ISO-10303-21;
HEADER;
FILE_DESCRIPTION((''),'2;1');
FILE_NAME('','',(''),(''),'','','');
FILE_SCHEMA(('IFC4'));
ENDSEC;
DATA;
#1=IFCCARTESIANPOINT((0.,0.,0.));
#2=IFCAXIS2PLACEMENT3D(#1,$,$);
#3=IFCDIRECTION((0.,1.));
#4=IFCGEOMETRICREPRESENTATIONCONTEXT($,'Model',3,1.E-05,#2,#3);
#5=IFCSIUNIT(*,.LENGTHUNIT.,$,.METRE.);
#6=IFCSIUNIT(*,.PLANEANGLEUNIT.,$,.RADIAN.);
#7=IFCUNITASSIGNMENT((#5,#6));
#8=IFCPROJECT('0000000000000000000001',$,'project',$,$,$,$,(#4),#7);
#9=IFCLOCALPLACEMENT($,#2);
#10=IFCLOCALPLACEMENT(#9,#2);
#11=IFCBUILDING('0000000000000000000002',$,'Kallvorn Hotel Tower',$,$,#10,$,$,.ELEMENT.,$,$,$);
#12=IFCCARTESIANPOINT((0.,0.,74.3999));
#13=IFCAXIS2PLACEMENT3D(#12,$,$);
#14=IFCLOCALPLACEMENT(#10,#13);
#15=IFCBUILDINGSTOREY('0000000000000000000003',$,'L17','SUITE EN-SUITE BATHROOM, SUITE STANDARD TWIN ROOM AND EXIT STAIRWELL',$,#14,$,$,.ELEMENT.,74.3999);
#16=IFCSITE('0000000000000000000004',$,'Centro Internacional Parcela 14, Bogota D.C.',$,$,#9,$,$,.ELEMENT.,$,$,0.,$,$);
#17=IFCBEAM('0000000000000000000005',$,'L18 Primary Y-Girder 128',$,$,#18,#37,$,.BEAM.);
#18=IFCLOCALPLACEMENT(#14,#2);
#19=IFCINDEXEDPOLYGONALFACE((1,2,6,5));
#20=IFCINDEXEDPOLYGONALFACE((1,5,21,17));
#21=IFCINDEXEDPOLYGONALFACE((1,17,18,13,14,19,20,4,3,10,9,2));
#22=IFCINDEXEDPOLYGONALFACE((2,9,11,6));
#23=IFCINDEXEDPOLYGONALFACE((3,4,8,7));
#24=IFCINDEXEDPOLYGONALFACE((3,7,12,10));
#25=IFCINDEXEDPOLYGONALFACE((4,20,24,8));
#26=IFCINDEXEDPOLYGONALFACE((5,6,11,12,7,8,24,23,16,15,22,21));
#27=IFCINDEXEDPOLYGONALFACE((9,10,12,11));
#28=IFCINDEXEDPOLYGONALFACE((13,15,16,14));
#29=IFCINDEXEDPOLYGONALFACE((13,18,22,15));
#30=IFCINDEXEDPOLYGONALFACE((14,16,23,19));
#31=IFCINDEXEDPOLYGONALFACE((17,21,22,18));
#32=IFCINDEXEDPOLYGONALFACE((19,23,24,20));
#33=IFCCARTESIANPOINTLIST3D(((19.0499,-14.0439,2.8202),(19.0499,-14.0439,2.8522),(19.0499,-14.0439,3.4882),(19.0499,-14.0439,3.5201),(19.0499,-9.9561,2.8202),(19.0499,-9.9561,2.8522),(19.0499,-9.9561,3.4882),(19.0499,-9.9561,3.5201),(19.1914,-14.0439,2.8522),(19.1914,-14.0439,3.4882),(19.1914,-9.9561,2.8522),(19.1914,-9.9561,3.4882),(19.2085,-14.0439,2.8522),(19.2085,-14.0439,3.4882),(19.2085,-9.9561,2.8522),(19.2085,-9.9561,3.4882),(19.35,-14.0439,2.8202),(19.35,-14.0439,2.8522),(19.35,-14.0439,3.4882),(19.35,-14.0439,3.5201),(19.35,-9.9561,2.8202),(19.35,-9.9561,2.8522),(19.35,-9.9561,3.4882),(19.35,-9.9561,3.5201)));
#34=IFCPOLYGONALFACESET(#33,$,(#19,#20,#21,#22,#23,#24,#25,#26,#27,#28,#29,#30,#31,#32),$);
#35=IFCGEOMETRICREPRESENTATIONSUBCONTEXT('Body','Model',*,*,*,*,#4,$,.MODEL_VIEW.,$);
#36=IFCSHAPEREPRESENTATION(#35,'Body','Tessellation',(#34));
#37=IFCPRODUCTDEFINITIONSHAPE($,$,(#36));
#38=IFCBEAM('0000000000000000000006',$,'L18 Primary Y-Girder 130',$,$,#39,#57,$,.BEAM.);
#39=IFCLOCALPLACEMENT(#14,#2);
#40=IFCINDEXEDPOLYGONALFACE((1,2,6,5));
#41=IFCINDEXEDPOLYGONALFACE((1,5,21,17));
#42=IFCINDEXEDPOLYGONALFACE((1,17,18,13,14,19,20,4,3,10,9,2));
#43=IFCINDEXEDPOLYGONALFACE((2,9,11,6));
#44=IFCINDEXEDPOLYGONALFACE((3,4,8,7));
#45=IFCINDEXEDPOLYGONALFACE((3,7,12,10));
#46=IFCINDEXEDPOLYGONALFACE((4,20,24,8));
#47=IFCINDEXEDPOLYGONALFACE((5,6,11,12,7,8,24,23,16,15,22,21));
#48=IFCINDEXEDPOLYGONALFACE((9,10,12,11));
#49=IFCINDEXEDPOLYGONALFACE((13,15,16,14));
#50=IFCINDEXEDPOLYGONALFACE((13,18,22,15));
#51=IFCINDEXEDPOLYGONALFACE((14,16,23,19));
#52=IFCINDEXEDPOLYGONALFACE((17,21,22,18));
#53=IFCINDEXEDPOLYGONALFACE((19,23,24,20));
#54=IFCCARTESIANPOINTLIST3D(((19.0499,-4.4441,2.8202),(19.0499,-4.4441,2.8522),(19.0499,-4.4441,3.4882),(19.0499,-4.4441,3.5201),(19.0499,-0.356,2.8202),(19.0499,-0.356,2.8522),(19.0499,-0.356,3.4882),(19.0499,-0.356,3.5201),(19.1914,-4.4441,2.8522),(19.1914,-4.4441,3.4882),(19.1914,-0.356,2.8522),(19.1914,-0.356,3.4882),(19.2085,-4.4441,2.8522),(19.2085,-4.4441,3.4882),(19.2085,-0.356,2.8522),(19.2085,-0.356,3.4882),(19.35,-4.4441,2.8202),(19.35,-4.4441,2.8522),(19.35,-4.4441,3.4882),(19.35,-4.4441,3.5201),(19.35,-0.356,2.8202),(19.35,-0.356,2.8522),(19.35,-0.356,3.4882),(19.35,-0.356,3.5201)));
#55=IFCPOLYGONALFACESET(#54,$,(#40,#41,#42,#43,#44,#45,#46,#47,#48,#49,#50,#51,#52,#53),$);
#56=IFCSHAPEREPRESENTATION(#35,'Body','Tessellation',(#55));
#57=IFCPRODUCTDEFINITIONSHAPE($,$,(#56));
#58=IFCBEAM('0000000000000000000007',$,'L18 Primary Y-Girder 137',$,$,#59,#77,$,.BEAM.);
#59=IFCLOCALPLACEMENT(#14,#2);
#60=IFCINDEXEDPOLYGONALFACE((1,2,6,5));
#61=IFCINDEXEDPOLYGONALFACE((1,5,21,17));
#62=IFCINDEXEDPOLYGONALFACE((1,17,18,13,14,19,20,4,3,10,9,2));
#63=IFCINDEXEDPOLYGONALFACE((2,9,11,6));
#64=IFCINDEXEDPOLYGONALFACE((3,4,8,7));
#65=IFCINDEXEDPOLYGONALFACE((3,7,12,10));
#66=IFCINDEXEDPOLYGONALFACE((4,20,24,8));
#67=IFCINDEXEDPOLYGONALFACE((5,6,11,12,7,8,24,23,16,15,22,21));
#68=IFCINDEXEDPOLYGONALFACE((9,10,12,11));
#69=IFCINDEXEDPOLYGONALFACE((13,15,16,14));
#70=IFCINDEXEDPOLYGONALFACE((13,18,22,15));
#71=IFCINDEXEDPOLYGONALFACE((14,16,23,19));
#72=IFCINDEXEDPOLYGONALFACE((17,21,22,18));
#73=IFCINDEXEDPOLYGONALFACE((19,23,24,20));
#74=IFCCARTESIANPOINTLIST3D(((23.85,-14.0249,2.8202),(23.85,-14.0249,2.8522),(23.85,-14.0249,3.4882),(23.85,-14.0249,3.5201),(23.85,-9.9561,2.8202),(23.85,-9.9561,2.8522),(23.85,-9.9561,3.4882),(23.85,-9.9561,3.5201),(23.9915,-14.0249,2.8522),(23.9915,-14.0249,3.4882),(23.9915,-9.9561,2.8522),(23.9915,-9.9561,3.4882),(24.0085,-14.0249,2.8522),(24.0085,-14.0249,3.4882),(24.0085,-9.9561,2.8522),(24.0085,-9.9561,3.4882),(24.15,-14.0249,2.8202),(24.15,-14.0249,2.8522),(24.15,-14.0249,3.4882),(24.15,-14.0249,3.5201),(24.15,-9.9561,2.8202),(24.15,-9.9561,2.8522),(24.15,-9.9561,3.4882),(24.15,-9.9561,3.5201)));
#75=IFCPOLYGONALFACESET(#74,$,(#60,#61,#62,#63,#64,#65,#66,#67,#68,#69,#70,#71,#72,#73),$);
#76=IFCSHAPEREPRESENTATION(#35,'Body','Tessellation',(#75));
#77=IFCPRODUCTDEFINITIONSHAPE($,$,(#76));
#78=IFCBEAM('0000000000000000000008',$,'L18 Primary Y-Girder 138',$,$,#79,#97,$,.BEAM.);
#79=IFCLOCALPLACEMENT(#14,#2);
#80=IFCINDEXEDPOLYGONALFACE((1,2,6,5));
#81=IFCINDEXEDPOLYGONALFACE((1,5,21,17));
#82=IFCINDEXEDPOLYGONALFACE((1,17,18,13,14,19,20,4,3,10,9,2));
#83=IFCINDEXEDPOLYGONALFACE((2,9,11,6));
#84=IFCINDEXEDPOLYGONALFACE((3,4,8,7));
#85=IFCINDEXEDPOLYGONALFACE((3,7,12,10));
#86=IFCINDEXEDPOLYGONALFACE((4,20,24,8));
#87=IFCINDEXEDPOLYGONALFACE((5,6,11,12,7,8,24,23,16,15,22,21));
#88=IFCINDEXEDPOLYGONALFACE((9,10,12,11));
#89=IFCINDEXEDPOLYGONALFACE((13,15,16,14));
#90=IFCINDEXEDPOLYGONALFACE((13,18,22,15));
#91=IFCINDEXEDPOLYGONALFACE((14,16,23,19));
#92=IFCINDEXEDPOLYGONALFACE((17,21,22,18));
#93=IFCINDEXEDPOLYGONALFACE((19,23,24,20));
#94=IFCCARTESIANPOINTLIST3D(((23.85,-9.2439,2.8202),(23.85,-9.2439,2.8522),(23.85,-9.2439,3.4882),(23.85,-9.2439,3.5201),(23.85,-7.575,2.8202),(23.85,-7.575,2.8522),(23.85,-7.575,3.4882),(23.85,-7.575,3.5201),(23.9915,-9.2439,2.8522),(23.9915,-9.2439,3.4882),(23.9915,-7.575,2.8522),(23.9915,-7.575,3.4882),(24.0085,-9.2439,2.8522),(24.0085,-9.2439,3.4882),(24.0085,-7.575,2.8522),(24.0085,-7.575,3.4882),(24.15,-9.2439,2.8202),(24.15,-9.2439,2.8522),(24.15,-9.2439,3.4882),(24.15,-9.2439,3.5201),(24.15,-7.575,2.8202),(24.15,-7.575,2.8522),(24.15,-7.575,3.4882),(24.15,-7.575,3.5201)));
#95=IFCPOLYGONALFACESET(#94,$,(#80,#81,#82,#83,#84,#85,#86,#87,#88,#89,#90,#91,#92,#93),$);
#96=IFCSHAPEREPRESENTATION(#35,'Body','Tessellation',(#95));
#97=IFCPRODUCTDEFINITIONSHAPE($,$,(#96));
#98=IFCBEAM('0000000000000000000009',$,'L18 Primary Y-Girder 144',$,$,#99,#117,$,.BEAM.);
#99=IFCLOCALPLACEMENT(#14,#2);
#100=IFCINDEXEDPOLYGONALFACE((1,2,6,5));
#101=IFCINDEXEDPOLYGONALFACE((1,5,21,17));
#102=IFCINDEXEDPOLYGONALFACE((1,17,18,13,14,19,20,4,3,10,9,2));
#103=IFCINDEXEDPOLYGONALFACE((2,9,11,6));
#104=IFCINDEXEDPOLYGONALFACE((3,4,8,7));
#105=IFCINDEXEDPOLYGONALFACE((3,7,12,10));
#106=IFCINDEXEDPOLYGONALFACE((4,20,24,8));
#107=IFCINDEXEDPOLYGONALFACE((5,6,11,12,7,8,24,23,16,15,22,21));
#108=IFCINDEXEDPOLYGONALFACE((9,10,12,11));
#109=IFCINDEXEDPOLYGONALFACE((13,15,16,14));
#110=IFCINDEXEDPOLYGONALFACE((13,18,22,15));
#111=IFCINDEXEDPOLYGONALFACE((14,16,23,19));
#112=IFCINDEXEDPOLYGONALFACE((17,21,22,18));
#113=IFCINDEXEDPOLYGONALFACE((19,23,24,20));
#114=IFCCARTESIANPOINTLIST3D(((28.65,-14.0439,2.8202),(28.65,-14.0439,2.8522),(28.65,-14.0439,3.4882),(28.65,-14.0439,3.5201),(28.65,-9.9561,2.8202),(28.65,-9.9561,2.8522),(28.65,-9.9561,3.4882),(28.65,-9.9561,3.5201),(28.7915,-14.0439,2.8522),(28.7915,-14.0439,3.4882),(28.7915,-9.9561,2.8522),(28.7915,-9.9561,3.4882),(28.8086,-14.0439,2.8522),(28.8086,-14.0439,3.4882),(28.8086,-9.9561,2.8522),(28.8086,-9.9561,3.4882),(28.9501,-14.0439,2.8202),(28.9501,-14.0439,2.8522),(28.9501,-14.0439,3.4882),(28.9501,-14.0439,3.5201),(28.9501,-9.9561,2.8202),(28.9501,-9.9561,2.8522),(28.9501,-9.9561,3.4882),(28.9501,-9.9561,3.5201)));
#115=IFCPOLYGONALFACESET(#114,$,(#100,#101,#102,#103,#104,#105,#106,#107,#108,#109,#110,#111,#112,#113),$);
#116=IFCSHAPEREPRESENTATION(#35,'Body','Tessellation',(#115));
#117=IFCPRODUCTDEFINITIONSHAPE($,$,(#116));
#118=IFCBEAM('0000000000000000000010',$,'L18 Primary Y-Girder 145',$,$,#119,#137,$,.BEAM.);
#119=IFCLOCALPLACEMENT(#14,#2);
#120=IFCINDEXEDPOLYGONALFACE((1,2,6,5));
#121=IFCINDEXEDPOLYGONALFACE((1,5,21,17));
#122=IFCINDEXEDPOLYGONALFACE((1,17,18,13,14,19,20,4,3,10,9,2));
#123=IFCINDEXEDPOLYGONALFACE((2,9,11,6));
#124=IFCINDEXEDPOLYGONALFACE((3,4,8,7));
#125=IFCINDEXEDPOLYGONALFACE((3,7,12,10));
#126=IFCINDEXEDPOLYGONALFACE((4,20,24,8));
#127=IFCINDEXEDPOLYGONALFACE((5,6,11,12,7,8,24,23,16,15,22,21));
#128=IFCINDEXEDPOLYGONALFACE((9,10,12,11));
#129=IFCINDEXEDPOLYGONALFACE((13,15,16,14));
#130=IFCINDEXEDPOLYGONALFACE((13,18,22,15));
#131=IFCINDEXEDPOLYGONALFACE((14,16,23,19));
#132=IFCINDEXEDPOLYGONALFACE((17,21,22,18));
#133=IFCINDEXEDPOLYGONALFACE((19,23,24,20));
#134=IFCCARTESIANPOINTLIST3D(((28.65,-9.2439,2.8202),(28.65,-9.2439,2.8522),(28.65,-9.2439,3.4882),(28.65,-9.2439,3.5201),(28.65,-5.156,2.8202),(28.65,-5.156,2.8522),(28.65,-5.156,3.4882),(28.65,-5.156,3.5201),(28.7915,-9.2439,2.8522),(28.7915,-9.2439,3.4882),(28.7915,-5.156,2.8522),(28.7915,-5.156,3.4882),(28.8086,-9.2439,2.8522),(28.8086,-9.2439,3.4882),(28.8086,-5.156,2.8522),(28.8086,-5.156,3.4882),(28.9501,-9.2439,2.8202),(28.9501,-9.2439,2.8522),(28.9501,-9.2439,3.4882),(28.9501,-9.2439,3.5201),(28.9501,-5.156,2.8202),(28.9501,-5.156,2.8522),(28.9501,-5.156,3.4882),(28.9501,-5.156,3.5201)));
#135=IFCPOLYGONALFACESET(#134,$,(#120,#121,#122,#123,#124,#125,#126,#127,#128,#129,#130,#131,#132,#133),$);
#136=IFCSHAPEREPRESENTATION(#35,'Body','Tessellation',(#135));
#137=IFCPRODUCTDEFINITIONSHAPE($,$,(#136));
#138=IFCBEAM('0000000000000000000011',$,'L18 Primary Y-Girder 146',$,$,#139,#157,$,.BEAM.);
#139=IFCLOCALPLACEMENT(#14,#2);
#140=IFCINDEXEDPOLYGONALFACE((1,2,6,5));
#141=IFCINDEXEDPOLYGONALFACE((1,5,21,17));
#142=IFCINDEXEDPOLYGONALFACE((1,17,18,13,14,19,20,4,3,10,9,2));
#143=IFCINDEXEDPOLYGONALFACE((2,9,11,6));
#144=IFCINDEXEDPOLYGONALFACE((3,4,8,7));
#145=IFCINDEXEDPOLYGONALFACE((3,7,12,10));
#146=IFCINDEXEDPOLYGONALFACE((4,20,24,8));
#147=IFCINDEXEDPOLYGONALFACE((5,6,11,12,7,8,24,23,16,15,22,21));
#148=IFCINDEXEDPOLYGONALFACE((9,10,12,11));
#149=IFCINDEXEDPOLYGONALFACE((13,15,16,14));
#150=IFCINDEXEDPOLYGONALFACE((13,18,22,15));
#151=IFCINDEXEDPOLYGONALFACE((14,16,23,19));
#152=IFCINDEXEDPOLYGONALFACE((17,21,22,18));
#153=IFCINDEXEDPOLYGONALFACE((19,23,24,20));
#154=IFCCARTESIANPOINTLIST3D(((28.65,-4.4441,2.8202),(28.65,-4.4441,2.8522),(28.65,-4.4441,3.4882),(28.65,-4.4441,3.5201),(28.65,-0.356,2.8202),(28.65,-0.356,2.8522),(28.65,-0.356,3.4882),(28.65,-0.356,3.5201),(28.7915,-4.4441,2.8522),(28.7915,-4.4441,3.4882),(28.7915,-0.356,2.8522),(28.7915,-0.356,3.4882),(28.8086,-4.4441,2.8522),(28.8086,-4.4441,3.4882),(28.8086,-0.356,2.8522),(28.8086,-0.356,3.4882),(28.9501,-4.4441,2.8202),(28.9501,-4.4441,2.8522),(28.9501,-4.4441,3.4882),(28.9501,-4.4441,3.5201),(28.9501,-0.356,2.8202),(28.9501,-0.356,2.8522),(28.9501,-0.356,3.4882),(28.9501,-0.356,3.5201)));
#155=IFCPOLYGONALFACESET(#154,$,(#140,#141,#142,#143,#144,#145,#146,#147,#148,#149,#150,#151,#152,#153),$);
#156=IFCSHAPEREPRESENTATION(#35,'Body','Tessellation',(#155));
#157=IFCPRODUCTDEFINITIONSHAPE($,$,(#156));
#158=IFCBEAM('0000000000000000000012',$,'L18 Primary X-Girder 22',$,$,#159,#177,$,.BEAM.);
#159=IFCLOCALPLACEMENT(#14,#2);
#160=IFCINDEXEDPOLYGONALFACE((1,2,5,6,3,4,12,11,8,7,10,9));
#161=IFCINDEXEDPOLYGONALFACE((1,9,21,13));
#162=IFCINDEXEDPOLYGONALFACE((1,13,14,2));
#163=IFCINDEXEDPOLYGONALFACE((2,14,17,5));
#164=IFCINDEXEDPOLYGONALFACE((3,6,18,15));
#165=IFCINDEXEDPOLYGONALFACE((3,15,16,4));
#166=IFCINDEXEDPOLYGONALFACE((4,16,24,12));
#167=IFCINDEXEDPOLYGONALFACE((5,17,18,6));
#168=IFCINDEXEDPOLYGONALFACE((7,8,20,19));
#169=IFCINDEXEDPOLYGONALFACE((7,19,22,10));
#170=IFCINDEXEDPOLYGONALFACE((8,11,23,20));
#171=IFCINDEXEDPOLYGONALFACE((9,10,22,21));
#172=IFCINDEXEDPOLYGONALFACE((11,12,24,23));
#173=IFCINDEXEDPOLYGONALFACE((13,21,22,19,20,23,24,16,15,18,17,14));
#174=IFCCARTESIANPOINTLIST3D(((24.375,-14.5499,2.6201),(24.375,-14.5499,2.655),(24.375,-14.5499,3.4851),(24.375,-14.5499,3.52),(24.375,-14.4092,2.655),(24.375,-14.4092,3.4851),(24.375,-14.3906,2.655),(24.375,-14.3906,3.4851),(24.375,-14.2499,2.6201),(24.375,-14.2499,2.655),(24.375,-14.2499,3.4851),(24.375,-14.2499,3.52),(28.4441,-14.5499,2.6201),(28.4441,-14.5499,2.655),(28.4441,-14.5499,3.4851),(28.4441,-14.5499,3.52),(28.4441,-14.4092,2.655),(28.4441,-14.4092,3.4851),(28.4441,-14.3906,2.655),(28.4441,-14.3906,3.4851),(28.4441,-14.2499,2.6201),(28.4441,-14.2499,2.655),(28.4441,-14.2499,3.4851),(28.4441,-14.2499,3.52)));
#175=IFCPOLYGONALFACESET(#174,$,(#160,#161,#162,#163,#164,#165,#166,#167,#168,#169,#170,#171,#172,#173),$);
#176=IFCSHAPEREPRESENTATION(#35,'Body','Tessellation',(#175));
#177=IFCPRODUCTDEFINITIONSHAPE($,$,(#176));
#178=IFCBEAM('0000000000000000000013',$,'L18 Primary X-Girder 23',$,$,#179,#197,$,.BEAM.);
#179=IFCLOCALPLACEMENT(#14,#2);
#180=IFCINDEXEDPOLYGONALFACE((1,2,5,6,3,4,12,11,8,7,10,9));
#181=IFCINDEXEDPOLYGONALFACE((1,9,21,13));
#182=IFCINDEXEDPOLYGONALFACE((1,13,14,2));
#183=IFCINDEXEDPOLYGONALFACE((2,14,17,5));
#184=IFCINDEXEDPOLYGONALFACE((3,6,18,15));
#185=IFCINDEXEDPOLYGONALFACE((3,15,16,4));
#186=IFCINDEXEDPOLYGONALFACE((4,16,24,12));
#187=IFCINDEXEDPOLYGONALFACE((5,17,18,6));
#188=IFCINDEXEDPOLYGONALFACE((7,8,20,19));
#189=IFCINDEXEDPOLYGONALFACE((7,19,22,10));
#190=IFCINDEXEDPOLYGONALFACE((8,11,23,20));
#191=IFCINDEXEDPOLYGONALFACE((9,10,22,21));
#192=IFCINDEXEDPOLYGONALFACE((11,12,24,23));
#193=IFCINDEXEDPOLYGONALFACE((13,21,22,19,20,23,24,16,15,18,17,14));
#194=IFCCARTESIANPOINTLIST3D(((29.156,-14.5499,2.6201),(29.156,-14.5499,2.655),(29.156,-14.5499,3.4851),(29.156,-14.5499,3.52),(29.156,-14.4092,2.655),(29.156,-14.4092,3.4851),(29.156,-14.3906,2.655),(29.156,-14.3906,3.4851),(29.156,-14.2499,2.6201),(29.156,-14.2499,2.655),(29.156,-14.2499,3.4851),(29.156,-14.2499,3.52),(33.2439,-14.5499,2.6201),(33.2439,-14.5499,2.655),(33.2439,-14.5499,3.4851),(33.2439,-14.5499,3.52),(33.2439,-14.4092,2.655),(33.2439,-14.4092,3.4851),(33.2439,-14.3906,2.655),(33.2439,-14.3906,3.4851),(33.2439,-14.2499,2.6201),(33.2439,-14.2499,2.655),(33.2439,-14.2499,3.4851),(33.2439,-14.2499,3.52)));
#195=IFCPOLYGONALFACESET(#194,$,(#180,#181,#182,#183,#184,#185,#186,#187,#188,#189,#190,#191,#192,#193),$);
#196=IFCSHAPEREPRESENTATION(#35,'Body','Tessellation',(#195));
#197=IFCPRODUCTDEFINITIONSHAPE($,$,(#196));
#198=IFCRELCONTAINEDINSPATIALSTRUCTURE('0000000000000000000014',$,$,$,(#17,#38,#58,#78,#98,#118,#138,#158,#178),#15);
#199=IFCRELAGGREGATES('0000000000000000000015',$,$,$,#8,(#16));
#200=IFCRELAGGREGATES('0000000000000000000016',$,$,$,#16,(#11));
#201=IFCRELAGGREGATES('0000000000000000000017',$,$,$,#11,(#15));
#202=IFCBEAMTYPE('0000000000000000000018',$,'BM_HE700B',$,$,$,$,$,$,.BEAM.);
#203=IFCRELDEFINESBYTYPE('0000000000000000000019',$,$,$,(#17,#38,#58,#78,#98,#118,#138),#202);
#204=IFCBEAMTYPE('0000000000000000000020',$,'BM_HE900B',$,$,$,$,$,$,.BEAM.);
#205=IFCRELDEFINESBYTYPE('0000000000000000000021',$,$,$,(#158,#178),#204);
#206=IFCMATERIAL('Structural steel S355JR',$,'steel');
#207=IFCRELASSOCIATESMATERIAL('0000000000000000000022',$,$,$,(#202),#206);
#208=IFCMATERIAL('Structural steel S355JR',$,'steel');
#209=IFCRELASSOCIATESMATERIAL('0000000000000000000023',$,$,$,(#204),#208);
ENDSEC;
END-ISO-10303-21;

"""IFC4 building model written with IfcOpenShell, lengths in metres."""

from ifc_helpers import new_model, si_unit, direction, frame, origin, origin_2d, place, context, subcontext, project, spatial, i_section, extrude, material, material_profile, profile_set, type_object, element, save


model = new_model("IFC4")

# Units and contexts
model_context = context("Model", 3, precision=1e-05, world=origin(), true_north=direction((0.0, 1.0)))
body_context = subcontext(model_context, "Body", "Model", "MODEL_VIEW")
ifc_project = project(units=[si_unit("LENGTHUNIT", "METRE"), si_unit("PLANEANGLEUNIT", "RADIAN")], contexts=[model_context])

# Site, building, storey
site_placement = place(None, origin())
site = spatial("IfcSite", under=ifc_project, at=site_placement, Name="Centro Internacional Parcela 14, Bogota D.C.", CompositionType="ELEMENT", RefElevation=0.0)
building_placement = place(site_placement, origin())
building = spatial("IfcBuilding", under=site, at=building_placement, Name="Kallvorn Hotel Tower", CompositionType="ELEMENT")
storey_placement = place(building_placement, frame((0.0, 0.0, 74.3999)))
storey = spatial("IfcBuildingStorey", under=building, at=storey_placement, Name="L17", Description="SUITE EN-SUITE BATHROOM, SUITE STANDARD TWIN ROOM AND EXIT STAIRWELL", CompositionType="ELEMENT", Elevation=74.3999)

# Beams
ifc_material_1 = material(Name="Structural steel S355JR", Category="steel")
ifc_material_profile_1 = material_profile(ifc_material_1, i_section(OverallWidth=0.3, OverallDepth=0.7, WebThickness=0.0171, FlangeThickness=0.032, at=origin_2d()), Name="HE 700 B")
ifc_profile_set_1 = profile_set([ifc_material_profile_1], Name="Structural steel S355JR")
beam_type_1 = type_object("IfcBeamType", Name="BM_HE700B", PredefinedType="BEAM", material=ifc_profile_set_1)
beam_1_placement = place(storey_placement, frame((19.2, -14.0439, 3.1702), z_axis=(0.0, 1.0, 0.0), x_axis=(-1.0, 0.0, 0.0)))
element("IfcBeam", 1, at=beam_1_placement, inside=storey, type_object=beam_type_1, Name="L18 Primary Y-Girder 128", PredefinedType="BEAM", context=body_context, shape_type="SweptSolid", body=[
    extrude(i_section(OverallWidth=0.3, OverallDepth=0.7, WebThickness=0.0171, FlangeThickness=0.032, at=origin_2d()), origin(), (0.0, 0.0, 1.0), 4.0879),
])
beam_2_placement = place(storey_placement, frame((19.2, -4.4441, 3.1702), z_axis=(0.0, 1.0, 0.0), x_axis=(-1.0, 0.0, 0.0)))
element("IfcBeam", 2, at=beam_2_placement, inside=storey, type_object=beam_type_1, Name="L18 Primary Y-Girder 130", PredefinedType="BEAM", context=body_context, shape_type="SweptSolid", body=[
    extrude(i_section(OverallWidth=0.3, OverallDepth=0.7, WebThickness=0.0171, FlangeThickness=0.032, at=origin_2d()), origin(), (0.0, 0.0, 1.0), 4.0881),
])
beam_3_placement = place(storey_placement, frame((24.0, -14.0249, 3.1702), z_axis=(0.0, 1.0, 0.0), x_axis=(-1.0, 0.0, 0.0)))
element("IfcBeam", 3, at=beam_3_placement, inside=storey, type_object=beam_type_1, Name="L18 Primary Y-Girder 137", PredefinedType="BEAM", context=body_context, shape_type="SweptSolid", body=[
    extrude(i_section(OverallWidth=0.3, OverallDepth=0.7, WebThickness=0.0171, FlangeThickness=0.032, at=origin_2d()), origin(), (0.0, 0.0, 1.0), 4.0688),
])
beam_4_placement = place(storey_placement, frame((24.0, -9.2439, 3.1702), z_axis=(0.0, 1.0, 0.0), x_axis=(-1.0, 0.0, 0.0)))
element("IfcBeam", 4, at=beam_4_placement, inside=storey, type_object=beam_type_1, Name="L18 Primary Y-Girder 138", PredefinedType="BEAM", context=body_context, shape_type="SweptSolid", body=[
    extrude(i_section(OverallWidth=0.3, OverallDepth=0.7, WebThickness=0.0171, FlangeThickness=0.032, at=origin_2d()), origin(), (0.0, 0.0, 1.0), 1.6689),
])
for number, where, z_axis, x_axis, name in (
    (5, (28.8, -14.0439, 3.1702), (0.0, 1.0, 0.0), (-1.0, 0.0, 0.0), "L18 Primary Y-Girder 144"),
    (6, (28.8, -9.2439, 3.1702), (0.0, 1.0, 0.0), (-1.0, 0.0, 0.0), "L18 Primary Y-Girder 145"),
):
    element("IfcBeam", number, at=place(storey_placement, frame(where, z_axis=z_axis, x_axis=x_axis)), inside=storey, type_object=beam_type_1, Name=name, PredefinedType="BEAM", context=body_context, shape_type="SweptSolid", body=[
        extrude(i_section(OverallWidth=0.3, OverallDepth=0.7, WebThickness=0.0171, FlangeThickness=0.032, at=origin_2d()), origin(), (0.0, 0.0, 1.0), 4.0879),
    ])
beam_5_placement = place(storey_placement, frame((28.8, -4.4441, 3.1702), z_axis=(0.0, 1.0, 0.0), x_axis=(-1.0, 0.0, 0.0)))
element("IfcBeam", 7, at=beam_5_placement, inside=storey, type_object=beam_type_1, Name="L18 Primary Y-Girder 146", PredefinedType="BEAM", context=body_context, shape_type="SweptSolid", body=[
    extrude(i_section(OverallWidth=0.3, OverallDepth=0.7, WebThickness=0.0171, FlangeThickness=0.032, at=origin_2d()), origin(), (0.0, 0.0, 1.0), 4.0881),
])
ifc_material_2 = material(Name="Structural steel S355JR", Category="steel")
ifc_material_profile_2 = material_profile(ifc_material_2, i_section(OverallWidth=0.3, OverallDepth=0.8999, WebThickness=0.0186, FlangeThickness=0.0349, at=origin_2d()), Name="HE 900 B")
ifc_profile_set_2 = profile_set([ifc_material_profile_2], Name="Structural steel S355JR")
beam_type_2 = type_object("IfcBeamType", Name="BM_HE900B", PredefinedType="BEAM", material=ifc_profile_set_2)
beam_6_placement = place(storey_placement, frame((24.375, -14.3999, 3.0701), z_axis=(1.0, 0.0, 0.0), x_axis=(0.0, 1.0, 0.0)))
element("IfcBeam", 8, at=beam_6_placement, inside=storey, type_object=beam_type_2, Name="L18 Primary X-Girder 22", PredefinedType="BEAM", context=body_context, shape_type="SweptSolid", body=[
    extrude(i_section(OverallWidth=0.3, OverallDepth=0.8999, WebThickness=0.0186, FlangeThickness=0.0349, at=origin_2d()), origin(), (0.0, 0.0, 1.0), 4.0691),
])
beam_7_placement = place(storey_placement, frame((29.156, -14.3999, 3.0701), z_axis=(1.0, 0.0, 0.0), x_axis=(0.0, 1.0, 0.0)))
element("IfcBeam", 9, at=beam_7_placement, inside=storey, type_object=beam_type_2, Name="L18 Primary X-Girder 23", PredefinedType="BEAM", context=body_context, shape_type="SweptSolid", body=[
    extrude(i_section(OverallWidth=0.3, OverallDepth=0.8999, WebThickness=0.0186, FlangeThickness=0.0349, at=origin_2d()), origin(), (0.0, 0.0, 1.0), 4.0879),
])

save(model, "model.ifc")
